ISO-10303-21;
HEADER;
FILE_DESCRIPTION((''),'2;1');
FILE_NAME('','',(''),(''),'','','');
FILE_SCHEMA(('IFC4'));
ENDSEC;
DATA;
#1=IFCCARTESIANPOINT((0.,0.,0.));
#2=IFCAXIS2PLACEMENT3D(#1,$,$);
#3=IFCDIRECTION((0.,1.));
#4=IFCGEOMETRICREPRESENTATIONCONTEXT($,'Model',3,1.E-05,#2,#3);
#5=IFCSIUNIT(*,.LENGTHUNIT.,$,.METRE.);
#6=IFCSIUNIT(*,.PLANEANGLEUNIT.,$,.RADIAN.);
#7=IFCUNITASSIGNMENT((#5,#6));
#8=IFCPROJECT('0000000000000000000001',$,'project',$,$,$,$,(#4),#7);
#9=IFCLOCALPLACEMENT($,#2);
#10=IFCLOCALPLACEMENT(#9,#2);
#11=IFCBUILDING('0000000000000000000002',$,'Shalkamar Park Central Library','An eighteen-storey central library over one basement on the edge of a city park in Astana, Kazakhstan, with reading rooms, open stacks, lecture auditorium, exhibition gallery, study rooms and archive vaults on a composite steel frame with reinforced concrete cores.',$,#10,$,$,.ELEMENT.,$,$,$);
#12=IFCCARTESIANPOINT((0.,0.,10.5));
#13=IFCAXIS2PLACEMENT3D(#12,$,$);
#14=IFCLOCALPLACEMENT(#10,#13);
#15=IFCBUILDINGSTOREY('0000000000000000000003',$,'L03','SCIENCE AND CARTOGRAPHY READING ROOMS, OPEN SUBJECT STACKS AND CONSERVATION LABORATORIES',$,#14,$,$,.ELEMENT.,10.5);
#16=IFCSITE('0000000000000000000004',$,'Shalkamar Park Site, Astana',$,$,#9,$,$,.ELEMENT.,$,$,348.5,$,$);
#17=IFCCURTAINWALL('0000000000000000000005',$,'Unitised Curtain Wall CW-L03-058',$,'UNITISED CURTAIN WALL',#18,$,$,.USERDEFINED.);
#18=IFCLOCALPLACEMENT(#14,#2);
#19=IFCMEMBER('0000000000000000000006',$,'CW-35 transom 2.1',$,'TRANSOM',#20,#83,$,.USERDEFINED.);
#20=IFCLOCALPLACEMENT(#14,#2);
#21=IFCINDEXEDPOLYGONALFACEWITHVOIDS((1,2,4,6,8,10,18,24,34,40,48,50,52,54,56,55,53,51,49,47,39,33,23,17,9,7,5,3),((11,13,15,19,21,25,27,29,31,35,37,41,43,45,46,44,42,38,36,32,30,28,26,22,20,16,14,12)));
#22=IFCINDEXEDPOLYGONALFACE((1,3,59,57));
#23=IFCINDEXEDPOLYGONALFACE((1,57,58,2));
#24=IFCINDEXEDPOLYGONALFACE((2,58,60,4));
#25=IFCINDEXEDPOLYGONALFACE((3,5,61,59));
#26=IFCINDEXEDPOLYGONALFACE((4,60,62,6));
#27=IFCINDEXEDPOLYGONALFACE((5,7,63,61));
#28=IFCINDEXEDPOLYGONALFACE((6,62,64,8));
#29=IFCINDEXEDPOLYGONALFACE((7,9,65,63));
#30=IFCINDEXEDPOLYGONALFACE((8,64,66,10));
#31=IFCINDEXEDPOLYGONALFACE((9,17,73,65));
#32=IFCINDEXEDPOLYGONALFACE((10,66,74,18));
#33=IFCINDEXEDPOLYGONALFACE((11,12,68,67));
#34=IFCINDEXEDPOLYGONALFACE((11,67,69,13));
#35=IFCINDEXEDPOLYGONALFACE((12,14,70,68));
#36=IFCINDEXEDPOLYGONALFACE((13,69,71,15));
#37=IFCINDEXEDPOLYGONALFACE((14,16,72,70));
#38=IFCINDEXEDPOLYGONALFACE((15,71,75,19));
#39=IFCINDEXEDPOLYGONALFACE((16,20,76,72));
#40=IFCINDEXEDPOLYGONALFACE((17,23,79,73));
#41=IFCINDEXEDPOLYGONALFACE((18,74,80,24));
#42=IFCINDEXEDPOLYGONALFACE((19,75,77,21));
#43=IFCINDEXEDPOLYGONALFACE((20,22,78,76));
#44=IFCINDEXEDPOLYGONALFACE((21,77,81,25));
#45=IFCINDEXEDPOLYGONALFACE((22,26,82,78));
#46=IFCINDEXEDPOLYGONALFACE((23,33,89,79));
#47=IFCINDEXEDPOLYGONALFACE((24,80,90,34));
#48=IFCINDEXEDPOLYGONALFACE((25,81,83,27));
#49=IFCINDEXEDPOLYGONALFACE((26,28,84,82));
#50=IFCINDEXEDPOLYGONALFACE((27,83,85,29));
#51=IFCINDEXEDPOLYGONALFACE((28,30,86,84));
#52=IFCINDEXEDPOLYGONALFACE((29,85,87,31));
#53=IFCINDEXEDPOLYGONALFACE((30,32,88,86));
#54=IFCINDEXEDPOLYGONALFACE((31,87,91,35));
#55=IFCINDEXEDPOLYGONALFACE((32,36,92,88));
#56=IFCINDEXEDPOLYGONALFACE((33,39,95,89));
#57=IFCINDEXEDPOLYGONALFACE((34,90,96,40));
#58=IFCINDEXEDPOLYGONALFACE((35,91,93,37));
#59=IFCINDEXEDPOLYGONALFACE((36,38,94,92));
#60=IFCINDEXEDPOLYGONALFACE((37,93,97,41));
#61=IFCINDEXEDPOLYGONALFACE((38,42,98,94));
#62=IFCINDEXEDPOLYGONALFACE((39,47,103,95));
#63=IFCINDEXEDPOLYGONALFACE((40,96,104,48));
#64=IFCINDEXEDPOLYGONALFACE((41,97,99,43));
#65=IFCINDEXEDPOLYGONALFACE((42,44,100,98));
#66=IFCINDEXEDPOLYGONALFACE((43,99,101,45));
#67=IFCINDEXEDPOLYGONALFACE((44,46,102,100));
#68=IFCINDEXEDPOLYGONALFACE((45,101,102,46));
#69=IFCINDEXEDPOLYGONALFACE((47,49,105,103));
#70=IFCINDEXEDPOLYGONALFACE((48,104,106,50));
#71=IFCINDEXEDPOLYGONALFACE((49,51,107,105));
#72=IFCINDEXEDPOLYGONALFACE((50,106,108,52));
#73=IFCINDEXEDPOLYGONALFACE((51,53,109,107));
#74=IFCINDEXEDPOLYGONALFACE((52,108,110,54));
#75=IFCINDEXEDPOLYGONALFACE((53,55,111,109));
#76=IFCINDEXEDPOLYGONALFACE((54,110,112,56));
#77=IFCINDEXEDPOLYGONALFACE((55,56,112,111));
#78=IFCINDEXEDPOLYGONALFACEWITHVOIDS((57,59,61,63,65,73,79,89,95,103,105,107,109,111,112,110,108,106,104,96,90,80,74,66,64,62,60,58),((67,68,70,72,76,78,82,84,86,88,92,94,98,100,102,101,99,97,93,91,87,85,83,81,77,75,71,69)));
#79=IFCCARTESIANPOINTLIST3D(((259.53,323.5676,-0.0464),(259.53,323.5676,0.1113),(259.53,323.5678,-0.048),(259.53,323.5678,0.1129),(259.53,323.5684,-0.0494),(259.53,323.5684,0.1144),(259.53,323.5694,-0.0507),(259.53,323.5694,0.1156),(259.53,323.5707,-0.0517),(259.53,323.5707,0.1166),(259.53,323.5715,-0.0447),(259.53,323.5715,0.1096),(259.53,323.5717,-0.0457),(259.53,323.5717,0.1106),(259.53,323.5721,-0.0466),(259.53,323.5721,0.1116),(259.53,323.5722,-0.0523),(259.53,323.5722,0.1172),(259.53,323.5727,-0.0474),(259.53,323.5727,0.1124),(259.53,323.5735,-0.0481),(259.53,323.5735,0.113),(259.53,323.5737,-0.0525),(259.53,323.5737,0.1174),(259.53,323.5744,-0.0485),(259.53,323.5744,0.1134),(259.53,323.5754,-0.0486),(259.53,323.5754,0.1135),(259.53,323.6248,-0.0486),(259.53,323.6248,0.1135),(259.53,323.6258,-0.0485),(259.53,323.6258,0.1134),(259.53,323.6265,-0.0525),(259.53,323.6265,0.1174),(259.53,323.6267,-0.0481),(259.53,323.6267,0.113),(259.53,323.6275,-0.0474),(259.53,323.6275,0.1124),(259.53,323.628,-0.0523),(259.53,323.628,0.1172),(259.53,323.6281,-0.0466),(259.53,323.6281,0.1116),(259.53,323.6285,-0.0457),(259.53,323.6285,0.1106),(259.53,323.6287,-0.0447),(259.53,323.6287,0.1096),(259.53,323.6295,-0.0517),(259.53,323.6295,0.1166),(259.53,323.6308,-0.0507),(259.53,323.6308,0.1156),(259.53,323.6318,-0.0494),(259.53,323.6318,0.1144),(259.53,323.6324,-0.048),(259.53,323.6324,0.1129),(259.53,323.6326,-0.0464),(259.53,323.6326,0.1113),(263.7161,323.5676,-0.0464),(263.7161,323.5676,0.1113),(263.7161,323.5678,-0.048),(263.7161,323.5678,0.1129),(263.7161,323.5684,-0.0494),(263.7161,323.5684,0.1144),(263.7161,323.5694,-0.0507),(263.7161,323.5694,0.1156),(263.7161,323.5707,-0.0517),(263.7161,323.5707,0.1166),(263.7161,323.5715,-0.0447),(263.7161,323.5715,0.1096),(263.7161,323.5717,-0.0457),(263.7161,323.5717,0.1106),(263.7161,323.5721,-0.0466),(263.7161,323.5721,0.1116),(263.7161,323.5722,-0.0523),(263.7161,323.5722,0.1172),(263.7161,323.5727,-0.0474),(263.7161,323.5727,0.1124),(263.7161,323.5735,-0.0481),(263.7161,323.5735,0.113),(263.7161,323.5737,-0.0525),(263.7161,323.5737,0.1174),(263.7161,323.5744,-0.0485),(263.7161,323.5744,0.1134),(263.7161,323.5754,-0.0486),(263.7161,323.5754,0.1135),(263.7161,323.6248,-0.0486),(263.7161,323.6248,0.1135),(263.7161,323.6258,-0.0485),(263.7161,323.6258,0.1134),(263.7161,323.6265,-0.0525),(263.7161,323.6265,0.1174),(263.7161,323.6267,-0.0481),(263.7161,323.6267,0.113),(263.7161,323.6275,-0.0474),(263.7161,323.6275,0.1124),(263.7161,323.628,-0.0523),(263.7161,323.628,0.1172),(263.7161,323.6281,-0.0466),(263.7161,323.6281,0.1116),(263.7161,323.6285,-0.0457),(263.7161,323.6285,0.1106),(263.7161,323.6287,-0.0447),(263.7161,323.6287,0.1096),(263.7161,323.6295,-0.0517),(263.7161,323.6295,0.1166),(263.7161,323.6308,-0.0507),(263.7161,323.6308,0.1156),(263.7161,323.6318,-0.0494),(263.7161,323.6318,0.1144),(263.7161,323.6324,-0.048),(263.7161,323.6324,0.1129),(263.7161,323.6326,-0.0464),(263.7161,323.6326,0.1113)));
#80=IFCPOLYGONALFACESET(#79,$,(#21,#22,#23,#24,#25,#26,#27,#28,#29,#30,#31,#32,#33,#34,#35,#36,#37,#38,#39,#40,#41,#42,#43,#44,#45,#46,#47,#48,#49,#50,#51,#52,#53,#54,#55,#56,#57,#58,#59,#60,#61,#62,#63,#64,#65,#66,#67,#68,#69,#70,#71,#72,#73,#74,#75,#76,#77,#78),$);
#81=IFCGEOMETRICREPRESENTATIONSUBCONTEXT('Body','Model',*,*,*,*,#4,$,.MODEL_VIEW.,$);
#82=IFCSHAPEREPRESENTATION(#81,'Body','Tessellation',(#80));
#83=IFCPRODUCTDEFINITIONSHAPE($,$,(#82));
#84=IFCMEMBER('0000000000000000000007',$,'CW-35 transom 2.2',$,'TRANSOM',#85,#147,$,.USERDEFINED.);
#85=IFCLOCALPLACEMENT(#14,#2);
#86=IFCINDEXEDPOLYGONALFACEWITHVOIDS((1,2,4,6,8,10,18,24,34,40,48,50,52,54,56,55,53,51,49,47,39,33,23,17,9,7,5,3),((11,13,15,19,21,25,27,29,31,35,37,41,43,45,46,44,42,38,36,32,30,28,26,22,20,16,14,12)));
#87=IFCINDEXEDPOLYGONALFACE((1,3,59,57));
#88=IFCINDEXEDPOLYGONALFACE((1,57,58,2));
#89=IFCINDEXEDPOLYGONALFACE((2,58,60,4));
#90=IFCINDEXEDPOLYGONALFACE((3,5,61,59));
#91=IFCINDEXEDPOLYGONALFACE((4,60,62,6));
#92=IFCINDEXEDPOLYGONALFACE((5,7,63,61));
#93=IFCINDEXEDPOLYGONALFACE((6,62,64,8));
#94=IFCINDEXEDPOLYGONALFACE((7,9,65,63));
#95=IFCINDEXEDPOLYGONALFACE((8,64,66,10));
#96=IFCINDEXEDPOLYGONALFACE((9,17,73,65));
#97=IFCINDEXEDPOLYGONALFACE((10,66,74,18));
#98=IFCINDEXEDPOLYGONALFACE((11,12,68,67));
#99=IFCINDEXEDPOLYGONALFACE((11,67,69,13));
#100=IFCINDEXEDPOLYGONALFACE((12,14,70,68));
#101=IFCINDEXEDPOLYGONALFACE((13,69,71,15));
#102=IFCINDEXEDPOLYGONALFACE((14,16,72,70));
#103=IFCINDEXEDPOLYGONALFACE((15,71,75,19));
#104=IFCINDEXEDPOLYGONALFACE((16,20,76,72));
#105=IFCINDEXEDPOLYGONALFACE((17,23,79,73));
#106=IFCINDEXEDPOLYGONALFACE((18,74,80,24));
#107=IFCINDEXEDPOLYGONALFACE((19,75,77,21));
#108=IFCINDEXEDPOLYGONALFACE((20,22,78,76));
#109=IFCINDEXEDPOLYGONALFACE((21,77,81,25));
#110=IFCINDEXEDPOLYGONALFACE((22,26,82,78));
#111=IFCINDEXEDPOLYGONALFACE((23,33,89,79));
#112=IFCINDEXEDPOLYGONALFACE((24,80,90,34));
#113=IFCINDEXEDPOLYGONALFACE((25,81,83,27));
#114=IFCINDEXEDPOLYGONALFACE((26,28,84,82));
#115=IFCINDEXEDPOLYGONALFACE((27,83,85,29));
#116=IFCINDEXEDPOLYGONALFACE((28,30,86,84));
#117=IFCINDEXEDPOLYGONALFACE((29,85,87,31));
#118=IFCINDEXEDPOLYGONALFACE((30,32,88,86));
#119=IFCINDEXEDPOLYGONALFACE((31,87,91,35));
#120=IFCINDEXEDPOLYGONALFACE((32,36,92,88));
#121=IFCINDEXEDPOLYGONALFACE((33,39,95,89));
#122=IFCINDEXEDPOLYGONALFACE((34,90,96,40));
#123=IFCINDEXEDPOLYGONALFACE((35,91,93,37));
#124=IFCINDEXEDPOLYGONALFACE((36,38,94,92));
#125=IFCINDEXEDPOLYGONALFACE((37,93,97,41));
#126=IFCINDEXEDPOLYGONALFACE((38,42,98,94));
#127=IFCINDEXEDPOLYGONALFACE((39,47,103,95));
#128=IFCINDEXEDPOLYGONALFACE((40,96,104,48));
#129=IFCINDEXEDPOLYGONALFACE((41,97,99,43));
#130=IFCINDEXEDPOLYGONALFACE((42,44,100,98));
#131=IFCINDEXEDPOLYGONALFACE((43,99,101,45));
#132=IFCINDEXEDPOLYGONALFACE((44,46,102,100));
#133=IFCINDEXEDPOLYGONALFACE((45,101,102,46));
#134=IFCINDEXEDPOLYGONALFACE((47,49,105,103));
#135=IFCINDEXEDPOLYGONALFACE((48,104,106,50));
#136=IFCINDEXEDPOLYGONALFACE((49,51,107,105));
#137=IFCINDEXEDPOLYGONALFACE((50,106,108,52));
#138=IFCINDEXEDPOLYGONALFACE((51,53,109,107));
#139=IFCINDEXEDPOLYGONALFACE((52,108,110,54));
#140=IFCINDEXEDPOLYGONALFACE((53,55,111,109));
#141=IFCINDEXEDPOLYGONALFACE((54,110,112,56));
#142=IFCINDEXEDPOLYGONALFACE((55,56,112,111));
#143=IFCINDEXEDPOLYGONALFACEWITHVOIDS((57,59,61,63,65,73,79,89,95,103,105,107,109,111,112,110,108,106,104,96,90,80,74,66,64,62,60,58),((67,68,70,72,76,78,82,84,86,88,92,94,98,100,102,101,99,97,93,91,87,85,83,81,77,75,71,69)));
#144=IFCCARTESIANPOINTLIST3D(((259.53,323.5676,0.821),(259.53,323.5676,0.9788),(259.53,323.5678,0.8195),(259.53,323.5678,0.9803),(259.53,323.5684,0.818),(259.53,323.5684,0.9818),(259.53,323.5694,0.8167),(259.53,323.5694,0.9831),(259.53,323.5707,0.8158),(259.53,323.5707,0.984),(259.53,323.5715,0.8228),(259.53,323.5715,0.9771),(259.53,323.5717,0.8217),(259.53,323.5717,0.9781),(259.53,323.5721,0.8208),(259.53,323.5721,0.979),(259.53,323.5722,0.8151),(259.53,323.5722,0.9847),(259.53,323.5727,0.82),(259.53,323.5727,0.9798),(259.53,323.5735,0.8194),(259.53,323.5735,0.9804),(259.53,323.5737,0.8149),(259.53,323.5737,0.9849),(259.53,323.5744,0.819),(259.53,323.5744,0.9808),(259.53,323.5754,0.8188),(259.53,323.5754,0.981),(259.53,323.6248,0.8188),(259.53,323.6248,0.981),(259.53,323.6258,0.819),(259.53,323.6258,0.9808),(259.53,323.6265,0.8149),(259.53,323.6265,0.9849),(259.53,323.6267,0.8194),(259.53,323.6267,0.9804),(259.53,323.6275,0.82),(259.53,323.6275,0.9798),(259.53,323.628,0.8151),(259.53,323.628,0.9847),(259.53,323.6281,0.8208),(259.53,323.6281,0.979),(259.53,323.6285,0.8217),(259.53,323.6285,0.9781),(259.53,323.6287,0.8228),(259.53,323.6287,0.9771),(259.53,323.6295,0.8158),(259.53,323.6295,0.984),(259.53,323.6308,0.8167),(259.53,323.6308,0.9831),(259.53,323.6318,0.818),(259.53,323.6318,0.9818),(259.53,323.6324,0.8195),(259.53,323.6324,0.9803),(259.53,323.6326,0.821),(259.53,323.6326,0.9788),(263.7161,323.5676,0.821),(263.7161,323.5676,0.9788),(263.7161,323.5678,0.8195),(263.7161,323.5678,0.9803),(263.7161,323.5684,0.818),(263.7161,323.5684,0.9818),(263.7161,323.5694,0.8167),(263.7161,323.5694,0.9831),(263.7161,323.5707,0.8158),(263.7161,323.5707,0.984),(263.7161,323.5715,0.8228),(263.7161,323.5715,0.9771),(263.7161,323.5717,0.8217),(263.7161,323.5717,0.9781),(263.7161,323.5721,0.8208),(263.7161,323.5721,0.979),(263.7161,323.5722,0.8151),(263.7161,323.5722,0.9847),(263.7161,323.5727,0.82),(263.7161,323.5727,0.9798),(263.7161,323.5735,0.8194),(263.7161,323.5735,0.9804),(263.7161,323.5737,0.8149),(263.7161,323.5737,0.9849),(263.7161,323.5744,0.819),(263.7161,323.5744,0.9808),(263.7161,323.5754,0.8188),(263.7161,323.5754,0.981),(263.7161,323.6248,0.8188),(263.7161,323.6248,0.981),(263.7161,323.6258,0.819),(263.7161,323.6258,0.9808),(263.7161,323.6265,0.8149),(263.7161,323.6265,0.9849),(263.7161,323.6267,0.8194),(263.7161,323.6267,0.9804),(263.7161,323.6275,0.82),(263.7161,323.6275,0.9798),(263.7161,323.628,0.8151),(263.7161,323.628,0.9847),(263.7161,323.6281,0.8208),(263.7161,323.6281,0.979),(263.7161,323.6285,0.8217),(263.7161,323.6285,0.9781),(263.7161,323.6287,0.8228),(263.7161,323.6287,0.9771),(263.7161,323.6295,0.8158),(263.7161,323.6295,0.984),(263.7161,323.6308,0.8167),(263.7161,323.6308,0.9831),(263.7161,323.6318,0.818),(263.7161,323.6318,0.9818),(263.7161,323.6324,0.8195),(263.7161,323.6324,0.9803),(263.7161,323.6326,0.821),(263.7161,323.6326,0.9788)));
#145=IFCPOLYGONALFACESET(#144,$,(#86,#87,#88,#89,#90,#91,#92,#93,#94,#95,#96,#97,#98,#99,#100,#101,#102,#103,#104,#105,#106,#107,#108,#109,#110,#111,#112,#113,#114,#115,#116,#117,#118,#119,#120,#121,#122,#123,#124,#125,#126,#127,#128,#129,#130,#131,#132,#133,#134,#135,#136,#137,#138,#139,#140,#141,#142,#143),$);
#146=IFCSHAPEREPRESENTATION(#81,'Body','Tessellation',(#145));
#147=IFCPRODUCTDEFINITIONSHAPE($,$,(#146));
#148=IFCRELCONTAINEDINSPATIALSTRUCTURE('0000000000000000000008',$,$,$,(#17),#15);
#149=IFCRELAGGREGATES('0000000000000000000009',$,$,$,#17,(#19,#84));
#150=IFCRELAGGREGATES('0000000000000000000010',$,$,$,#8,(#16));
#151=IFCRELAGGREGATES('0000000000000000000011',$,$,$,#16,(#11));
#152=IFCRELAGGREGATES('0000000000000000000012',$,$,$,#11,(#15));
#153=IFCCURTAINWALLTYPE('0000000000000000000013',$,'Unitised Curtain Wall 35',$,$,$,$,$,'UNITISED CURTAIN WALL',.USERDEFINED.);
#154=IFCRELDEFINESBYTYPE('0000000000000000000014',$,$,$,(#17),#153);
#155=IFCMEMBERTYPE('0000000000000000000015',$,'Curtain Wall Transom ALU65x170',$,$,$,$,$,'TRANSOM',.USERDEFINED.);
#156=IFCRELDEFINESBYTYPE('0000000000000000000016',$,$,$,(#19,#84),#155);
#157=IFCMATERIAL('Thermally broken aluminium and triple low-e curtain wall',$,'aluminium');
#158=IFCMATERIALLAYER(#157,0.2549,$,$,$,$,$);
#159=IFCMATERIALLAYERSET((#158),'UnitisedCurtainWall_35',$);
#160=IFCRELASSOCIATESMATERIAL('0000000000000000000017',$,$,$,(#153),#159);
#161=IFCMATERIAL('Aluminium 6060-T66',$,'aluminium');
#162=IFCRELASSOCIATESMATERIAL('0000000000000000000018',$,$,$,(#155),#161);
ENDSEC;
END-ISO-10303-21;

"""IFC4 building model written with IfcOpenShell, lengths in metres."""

from ifc_helpers import new_model, si_unit, direction, frame, origin, origin_2d, place, context, subcontext, project, spatial, hollow_rectangle, extrude, material, layer, layer_set, material_profile, profile_set, type_object, element, aggregate, save


model = new_model("IFC4")

# Units and contexts
model_context = context("Model", 3, precision=1e-05, world=origin(), true_north=direction((0.0, 1.0)))
body_context = subcontext(model_context, "Body", "Model", "MODEL_VIEW")
ifc_project = project(units=[si_unit("LENGTHUNIT", "METRE"), si_unit("PLANEANGLEUNIT", "RADIAN")], contexts=[model_context])

# Site, building, storey
site_placement = place(None, origin())
site = spatial("IfcSite", under=ifc_project, at=site_placement, Name="Shalkamar Park Site, Astana", CompositionType="ELEMENT", RefElevation=348.5)
building_placement = place(site_placement, origin())
building = spatial("IfcBuilding", under=site, at=building_placement, Name="Shalkamar Park Central Library", Description="An eighteen-storey central library over one basement on the edge of a city park in Astana, Kazakhstan, with reading rooms, open stacks, lecture auditorium, exhibition gallery, study rooms and archive vaults on a composite steel frame with reinforced concrete cores.", CompositionType="ELEMENT")
storey_placement = place(building_placement, frame((0.0, 0.0, 10.5)))
storey = spatial("IfcBuildingStorey", under=building, at=storey_placement, Name="L03", Description="SCIENCE AND CARTOGRAPHY READING ROOMS, OPEN SUBJECT STACKS AND CONSERVATION LABORATORIES", CompositionType="ELEMENT", Elevation=10.5)

# Shared definitions
ifc_material_1 = material(Name="Thermally broken aluminium and triple low-e curtain wall", Category="aluminium")
ifc_material_2 = material(Name="Aluminium 6060-T66", Category="aluminium")

# Curtain wall, members
ifc_layer_1 = layer(ifc_material_1, 0.2549)
ifc_layer_set_1 = layer_set([ifc_layer_1], Name="UnitisedCurtainWall_35")
curtain_wall_type_1 = type_object("IfcCurtainWallType", Name="Unitised Curtain Wall 35", ElementType="UNITISED CURTAIN WALL", PredefinedType="USERDEFINED", material=ifc_layer_set_1)
curtain_wall_1_placement = place(storey_placement, origin())
curtain_wall_1 = element("IfcCurtainWall", 1, at=curtain_wall_1_placement, inside=storey, type_object=curtain_wall_type_1, Name="Unitised Curtain Wall CW-L03-058", ObjectType="UNITISED CURTAIN WALL", PredefinedType="USERDEFINED")
ifc_material_profile_1 = material_profile(ifc_material_2, hollow_rectangle(XDim=0.0649, YDim=0.1699, WallThickness=0.0039, InnerFilletRadius=0.0039, OuterFilletRadius=0.0061, at=origin_2d()), Name="ALU 65x170x4")
ifc_profile_set_1 = profile_set([ifc_material_profile_1], Name="Aluminium 6060-T66")
member_type_1 = type_object("IfcMemberType", Name="Curtain Wall Transom ALU65x170", ElementType="TRANSOM", PredefinedType="USERDEFINED", material=ifc_profile_set_1)
member_1_placement = place(storey_placement, frame((259.53, 323.6001, 0.0325), z_axis=(1.0, 0.0, 0.0), x_axis=(0.0, 1.0, 0.0)))
member_1 = element("IfcMember", 2, at=member_1_placement, type_object=member_type_1, Name="CW-35 transom 2.1", ObjectType="TRANSOM", PredefinedType="USERDEFINED", context=body_context, shape_type="SweptSolid", body=[
    extrude(hollow_rectangle(XDim=0.0649, YDim=0.1699, WallThickness=0.0039, InnerFilletRadius=0.0039, OuterFilletRadius=0.0061, at=origin_2d()), origin(), (0.0, 0.0, 1.0), 4.186),
])
member_2_placement = place(storey_placement, frame((259.53, 323.6001, 0.8999), z_axis=(1.0, 0.0, 0.0), x_axis=(0.0, 1.0, 0.0)))
member_2 = element("IfcMember", 3, at=member_2_placement, type_object=member_type_1, Name="CW-35 transom 2.2", ObjectType="TRANSOM", PredefinedType="USERDEFINED", context=body_context, shape_type="SweptSolid", body=[
    extrude(hollow_rectangle(XDim=0.0649, YDim=0.1699, WallThickness=0.0039, InnerFilletRadius=0.0039, OuterFilletRadius=0.0061, at=origin_2d()), origin(), (0.0, 0.0, 1.0), 4.186),
])

aggregate(curtain_wall_1, [member_1, member_2])

save(model, "model.ifc")
